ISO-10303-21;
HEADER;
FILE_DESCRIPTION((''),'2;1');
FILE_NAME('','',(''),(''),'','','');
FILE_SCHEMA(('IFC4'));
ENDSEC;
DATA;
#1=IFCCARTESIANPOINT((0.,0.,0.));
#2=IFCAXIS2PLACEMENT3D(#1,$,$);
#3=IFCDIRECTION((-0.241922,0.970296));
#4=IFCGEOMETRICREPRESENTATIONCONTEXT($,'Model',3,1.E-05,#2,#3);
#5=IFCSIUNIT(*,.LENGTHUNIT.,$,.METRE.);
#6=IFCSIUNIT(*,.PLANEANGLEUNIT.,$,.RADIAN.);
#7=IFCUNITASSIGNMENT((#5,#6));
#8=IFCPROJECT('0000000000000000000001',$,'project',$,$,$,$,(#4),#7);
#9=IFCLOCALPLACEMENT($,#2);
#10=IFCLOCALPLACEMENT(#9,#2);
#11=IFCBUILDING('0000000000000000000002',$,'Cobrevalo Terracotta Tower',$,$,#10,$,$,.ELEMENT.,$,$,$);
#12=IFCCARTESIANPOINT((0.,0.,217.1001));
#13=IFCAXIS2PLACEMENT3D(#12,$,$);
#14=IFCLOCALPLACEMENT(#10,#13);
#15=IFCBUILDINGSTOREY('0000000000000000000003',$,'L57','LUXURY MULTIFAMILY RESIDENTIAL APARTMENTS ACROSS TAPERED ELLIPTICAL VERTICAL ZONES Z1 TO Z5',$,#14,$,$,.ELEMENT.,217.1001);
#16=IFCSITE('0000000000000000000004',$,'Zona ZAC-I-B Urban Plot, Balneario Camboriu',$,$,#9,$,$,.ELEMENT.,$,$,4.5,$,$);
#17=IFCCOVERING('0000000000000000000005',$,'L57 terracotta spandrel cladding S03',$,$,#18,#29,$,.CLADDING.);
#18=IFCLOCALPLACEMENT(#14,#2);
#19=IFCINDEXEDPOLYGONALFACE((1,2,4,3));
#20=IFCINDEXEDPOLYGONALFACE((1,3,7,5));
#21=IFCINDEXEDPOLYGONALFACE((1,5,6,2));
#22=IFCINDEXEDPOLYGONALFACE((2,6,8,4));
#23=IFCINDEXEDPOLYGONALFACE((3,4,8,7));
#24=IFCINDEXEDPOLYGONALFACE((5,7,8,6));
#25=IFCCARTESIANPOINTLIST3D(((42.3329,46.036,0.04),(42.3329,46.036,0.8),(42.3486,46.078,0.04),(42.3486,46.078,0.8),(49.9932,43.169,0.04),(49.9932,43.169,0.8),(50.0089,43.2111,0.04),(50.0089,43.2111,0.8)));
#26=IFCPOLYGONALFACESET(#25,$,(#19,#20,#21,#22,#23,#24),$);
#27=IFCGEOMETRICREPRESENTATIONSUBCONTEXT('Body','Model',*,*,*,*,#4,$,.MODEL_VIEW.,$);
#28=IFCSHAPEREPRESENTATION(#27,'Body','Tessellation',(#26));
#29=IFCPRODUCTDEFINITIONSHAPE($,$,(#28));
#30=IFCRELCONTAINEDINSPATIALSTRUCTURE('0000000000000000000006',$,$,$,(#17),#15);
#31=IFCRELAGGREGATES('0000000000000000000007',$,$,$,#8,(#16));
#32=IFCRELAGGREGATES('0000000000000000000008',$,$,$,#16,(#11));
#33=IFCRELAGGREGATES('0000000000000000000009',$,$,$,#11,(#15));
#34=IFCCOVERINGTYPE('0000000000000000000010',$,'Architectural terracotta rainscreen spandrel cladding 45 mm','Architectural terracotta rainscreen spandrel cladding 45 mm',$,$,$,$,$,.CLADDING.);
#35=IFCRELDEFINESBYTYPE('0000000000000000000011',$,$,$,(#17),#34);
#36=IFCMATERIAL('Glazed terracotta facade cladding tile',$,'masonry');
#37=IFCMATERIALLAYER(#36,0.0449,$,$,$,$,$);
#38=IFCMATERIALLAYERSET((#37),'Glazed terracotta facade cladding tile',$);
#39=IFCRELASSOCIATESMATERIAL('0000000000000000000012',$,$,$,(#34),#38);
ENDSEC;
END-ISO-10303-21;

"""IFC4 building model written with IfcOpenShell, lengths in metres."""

from ifc_helpers import new_model, si_unit, direction, frame, origin, origin_2d, place, context, subcontext, project, spatial, rectangle, extrude, source, transform, mapped, material, layer, layer_set, type_object, element, save


model = new_model("IFC4")

# Units and contexts
model_context = context("Model", 3, precision=1e-05, world=origin(), true_north=direction((-0.241922, 0.970296)))
body_context = subcontext(model_context, "Body", "Model", "MODEL_VIEW")
ifc_project = project(units=[si_unit("LENGTHUNIT", "METRE"), si_unit("PLANEANGLEUNIT", "RADIAN")], contexts=[model_context])

# Site, building, storey
site_placement = place(None, origin())
site = spatial("IfcSite", under=ifc_project, at=site_placement, Name="Zona ZAC-I-B Urban Plot, Balneario Camboriu", CompositionType="ELEMENT", RefElevation=4.5)
building_placement = place(site_placement, origin())
building = spatial("IfcBuilding", under=site, at=building_placement, Name="Cobrevalo Terracotta Tower", CompositionType="ELEMENT")
storey_placement = place(building_placement, frame((0.0, 0.0, 217.1001)))
storey = spatial("IfcBuildingStorey", under=building, at=storey_placement, Name="L57", Description="LUXURY MULTIFAMILY RESIDENTIAL APARTMENTS ACROSS TAPERED ELLIPTICAL VERTICAL ZONES Z1 TO Z5", CompositionType="ELEMENT", Elevation=217.1001)

# Covering
ifc_material_1 = material(Name="Glazed terracotta facade cladding tile", Category="masonry")
ifc_layer_1 = layer(ifc_material_1, 0.0449)
ifc_layer_set_1 = layer_set([ifc_layer_1], Name="Glazed terracotta facade cladding tile")
covering_type = type_object("IfcCoveringType", Name="Architectural terracotta rainscreen spandrel cladding 45 mm", Description="Architectural terracotta rainscreen spandrel cladding 45 mm", PredefinedType="CLADDING", material=ifc_layer_set_1)
shared_shape_1 = source(origin(), body_context, "Body", "SweptSolid", [
    extrude(rectangle(XDim=8.1792, YDim=0.0449, at=origin_2d()), origin(), (0.0, 0.0, 1.0), 0.76),
])
covering_placement = place(storey_placement, frame((46.1709, 44.6235, 0.04), z_axis=(0.0, 0.0, 1.0), x_axis=(-0.936558, 0.350513, 0.0)))
element("IfcCovering", 1, at=covering_placement, inside=storey, type_object=covering_type, Name="L57 terracotta spandrel cladding S03", PredefinedType="CLADDING", context=body_context, shape_type="MappedRepresentation", body=[
    mapped(shared_shape_1, transform((0.0, 0.0, 0.0), scale=1.0)),
])

save(model, "model.ifc")
